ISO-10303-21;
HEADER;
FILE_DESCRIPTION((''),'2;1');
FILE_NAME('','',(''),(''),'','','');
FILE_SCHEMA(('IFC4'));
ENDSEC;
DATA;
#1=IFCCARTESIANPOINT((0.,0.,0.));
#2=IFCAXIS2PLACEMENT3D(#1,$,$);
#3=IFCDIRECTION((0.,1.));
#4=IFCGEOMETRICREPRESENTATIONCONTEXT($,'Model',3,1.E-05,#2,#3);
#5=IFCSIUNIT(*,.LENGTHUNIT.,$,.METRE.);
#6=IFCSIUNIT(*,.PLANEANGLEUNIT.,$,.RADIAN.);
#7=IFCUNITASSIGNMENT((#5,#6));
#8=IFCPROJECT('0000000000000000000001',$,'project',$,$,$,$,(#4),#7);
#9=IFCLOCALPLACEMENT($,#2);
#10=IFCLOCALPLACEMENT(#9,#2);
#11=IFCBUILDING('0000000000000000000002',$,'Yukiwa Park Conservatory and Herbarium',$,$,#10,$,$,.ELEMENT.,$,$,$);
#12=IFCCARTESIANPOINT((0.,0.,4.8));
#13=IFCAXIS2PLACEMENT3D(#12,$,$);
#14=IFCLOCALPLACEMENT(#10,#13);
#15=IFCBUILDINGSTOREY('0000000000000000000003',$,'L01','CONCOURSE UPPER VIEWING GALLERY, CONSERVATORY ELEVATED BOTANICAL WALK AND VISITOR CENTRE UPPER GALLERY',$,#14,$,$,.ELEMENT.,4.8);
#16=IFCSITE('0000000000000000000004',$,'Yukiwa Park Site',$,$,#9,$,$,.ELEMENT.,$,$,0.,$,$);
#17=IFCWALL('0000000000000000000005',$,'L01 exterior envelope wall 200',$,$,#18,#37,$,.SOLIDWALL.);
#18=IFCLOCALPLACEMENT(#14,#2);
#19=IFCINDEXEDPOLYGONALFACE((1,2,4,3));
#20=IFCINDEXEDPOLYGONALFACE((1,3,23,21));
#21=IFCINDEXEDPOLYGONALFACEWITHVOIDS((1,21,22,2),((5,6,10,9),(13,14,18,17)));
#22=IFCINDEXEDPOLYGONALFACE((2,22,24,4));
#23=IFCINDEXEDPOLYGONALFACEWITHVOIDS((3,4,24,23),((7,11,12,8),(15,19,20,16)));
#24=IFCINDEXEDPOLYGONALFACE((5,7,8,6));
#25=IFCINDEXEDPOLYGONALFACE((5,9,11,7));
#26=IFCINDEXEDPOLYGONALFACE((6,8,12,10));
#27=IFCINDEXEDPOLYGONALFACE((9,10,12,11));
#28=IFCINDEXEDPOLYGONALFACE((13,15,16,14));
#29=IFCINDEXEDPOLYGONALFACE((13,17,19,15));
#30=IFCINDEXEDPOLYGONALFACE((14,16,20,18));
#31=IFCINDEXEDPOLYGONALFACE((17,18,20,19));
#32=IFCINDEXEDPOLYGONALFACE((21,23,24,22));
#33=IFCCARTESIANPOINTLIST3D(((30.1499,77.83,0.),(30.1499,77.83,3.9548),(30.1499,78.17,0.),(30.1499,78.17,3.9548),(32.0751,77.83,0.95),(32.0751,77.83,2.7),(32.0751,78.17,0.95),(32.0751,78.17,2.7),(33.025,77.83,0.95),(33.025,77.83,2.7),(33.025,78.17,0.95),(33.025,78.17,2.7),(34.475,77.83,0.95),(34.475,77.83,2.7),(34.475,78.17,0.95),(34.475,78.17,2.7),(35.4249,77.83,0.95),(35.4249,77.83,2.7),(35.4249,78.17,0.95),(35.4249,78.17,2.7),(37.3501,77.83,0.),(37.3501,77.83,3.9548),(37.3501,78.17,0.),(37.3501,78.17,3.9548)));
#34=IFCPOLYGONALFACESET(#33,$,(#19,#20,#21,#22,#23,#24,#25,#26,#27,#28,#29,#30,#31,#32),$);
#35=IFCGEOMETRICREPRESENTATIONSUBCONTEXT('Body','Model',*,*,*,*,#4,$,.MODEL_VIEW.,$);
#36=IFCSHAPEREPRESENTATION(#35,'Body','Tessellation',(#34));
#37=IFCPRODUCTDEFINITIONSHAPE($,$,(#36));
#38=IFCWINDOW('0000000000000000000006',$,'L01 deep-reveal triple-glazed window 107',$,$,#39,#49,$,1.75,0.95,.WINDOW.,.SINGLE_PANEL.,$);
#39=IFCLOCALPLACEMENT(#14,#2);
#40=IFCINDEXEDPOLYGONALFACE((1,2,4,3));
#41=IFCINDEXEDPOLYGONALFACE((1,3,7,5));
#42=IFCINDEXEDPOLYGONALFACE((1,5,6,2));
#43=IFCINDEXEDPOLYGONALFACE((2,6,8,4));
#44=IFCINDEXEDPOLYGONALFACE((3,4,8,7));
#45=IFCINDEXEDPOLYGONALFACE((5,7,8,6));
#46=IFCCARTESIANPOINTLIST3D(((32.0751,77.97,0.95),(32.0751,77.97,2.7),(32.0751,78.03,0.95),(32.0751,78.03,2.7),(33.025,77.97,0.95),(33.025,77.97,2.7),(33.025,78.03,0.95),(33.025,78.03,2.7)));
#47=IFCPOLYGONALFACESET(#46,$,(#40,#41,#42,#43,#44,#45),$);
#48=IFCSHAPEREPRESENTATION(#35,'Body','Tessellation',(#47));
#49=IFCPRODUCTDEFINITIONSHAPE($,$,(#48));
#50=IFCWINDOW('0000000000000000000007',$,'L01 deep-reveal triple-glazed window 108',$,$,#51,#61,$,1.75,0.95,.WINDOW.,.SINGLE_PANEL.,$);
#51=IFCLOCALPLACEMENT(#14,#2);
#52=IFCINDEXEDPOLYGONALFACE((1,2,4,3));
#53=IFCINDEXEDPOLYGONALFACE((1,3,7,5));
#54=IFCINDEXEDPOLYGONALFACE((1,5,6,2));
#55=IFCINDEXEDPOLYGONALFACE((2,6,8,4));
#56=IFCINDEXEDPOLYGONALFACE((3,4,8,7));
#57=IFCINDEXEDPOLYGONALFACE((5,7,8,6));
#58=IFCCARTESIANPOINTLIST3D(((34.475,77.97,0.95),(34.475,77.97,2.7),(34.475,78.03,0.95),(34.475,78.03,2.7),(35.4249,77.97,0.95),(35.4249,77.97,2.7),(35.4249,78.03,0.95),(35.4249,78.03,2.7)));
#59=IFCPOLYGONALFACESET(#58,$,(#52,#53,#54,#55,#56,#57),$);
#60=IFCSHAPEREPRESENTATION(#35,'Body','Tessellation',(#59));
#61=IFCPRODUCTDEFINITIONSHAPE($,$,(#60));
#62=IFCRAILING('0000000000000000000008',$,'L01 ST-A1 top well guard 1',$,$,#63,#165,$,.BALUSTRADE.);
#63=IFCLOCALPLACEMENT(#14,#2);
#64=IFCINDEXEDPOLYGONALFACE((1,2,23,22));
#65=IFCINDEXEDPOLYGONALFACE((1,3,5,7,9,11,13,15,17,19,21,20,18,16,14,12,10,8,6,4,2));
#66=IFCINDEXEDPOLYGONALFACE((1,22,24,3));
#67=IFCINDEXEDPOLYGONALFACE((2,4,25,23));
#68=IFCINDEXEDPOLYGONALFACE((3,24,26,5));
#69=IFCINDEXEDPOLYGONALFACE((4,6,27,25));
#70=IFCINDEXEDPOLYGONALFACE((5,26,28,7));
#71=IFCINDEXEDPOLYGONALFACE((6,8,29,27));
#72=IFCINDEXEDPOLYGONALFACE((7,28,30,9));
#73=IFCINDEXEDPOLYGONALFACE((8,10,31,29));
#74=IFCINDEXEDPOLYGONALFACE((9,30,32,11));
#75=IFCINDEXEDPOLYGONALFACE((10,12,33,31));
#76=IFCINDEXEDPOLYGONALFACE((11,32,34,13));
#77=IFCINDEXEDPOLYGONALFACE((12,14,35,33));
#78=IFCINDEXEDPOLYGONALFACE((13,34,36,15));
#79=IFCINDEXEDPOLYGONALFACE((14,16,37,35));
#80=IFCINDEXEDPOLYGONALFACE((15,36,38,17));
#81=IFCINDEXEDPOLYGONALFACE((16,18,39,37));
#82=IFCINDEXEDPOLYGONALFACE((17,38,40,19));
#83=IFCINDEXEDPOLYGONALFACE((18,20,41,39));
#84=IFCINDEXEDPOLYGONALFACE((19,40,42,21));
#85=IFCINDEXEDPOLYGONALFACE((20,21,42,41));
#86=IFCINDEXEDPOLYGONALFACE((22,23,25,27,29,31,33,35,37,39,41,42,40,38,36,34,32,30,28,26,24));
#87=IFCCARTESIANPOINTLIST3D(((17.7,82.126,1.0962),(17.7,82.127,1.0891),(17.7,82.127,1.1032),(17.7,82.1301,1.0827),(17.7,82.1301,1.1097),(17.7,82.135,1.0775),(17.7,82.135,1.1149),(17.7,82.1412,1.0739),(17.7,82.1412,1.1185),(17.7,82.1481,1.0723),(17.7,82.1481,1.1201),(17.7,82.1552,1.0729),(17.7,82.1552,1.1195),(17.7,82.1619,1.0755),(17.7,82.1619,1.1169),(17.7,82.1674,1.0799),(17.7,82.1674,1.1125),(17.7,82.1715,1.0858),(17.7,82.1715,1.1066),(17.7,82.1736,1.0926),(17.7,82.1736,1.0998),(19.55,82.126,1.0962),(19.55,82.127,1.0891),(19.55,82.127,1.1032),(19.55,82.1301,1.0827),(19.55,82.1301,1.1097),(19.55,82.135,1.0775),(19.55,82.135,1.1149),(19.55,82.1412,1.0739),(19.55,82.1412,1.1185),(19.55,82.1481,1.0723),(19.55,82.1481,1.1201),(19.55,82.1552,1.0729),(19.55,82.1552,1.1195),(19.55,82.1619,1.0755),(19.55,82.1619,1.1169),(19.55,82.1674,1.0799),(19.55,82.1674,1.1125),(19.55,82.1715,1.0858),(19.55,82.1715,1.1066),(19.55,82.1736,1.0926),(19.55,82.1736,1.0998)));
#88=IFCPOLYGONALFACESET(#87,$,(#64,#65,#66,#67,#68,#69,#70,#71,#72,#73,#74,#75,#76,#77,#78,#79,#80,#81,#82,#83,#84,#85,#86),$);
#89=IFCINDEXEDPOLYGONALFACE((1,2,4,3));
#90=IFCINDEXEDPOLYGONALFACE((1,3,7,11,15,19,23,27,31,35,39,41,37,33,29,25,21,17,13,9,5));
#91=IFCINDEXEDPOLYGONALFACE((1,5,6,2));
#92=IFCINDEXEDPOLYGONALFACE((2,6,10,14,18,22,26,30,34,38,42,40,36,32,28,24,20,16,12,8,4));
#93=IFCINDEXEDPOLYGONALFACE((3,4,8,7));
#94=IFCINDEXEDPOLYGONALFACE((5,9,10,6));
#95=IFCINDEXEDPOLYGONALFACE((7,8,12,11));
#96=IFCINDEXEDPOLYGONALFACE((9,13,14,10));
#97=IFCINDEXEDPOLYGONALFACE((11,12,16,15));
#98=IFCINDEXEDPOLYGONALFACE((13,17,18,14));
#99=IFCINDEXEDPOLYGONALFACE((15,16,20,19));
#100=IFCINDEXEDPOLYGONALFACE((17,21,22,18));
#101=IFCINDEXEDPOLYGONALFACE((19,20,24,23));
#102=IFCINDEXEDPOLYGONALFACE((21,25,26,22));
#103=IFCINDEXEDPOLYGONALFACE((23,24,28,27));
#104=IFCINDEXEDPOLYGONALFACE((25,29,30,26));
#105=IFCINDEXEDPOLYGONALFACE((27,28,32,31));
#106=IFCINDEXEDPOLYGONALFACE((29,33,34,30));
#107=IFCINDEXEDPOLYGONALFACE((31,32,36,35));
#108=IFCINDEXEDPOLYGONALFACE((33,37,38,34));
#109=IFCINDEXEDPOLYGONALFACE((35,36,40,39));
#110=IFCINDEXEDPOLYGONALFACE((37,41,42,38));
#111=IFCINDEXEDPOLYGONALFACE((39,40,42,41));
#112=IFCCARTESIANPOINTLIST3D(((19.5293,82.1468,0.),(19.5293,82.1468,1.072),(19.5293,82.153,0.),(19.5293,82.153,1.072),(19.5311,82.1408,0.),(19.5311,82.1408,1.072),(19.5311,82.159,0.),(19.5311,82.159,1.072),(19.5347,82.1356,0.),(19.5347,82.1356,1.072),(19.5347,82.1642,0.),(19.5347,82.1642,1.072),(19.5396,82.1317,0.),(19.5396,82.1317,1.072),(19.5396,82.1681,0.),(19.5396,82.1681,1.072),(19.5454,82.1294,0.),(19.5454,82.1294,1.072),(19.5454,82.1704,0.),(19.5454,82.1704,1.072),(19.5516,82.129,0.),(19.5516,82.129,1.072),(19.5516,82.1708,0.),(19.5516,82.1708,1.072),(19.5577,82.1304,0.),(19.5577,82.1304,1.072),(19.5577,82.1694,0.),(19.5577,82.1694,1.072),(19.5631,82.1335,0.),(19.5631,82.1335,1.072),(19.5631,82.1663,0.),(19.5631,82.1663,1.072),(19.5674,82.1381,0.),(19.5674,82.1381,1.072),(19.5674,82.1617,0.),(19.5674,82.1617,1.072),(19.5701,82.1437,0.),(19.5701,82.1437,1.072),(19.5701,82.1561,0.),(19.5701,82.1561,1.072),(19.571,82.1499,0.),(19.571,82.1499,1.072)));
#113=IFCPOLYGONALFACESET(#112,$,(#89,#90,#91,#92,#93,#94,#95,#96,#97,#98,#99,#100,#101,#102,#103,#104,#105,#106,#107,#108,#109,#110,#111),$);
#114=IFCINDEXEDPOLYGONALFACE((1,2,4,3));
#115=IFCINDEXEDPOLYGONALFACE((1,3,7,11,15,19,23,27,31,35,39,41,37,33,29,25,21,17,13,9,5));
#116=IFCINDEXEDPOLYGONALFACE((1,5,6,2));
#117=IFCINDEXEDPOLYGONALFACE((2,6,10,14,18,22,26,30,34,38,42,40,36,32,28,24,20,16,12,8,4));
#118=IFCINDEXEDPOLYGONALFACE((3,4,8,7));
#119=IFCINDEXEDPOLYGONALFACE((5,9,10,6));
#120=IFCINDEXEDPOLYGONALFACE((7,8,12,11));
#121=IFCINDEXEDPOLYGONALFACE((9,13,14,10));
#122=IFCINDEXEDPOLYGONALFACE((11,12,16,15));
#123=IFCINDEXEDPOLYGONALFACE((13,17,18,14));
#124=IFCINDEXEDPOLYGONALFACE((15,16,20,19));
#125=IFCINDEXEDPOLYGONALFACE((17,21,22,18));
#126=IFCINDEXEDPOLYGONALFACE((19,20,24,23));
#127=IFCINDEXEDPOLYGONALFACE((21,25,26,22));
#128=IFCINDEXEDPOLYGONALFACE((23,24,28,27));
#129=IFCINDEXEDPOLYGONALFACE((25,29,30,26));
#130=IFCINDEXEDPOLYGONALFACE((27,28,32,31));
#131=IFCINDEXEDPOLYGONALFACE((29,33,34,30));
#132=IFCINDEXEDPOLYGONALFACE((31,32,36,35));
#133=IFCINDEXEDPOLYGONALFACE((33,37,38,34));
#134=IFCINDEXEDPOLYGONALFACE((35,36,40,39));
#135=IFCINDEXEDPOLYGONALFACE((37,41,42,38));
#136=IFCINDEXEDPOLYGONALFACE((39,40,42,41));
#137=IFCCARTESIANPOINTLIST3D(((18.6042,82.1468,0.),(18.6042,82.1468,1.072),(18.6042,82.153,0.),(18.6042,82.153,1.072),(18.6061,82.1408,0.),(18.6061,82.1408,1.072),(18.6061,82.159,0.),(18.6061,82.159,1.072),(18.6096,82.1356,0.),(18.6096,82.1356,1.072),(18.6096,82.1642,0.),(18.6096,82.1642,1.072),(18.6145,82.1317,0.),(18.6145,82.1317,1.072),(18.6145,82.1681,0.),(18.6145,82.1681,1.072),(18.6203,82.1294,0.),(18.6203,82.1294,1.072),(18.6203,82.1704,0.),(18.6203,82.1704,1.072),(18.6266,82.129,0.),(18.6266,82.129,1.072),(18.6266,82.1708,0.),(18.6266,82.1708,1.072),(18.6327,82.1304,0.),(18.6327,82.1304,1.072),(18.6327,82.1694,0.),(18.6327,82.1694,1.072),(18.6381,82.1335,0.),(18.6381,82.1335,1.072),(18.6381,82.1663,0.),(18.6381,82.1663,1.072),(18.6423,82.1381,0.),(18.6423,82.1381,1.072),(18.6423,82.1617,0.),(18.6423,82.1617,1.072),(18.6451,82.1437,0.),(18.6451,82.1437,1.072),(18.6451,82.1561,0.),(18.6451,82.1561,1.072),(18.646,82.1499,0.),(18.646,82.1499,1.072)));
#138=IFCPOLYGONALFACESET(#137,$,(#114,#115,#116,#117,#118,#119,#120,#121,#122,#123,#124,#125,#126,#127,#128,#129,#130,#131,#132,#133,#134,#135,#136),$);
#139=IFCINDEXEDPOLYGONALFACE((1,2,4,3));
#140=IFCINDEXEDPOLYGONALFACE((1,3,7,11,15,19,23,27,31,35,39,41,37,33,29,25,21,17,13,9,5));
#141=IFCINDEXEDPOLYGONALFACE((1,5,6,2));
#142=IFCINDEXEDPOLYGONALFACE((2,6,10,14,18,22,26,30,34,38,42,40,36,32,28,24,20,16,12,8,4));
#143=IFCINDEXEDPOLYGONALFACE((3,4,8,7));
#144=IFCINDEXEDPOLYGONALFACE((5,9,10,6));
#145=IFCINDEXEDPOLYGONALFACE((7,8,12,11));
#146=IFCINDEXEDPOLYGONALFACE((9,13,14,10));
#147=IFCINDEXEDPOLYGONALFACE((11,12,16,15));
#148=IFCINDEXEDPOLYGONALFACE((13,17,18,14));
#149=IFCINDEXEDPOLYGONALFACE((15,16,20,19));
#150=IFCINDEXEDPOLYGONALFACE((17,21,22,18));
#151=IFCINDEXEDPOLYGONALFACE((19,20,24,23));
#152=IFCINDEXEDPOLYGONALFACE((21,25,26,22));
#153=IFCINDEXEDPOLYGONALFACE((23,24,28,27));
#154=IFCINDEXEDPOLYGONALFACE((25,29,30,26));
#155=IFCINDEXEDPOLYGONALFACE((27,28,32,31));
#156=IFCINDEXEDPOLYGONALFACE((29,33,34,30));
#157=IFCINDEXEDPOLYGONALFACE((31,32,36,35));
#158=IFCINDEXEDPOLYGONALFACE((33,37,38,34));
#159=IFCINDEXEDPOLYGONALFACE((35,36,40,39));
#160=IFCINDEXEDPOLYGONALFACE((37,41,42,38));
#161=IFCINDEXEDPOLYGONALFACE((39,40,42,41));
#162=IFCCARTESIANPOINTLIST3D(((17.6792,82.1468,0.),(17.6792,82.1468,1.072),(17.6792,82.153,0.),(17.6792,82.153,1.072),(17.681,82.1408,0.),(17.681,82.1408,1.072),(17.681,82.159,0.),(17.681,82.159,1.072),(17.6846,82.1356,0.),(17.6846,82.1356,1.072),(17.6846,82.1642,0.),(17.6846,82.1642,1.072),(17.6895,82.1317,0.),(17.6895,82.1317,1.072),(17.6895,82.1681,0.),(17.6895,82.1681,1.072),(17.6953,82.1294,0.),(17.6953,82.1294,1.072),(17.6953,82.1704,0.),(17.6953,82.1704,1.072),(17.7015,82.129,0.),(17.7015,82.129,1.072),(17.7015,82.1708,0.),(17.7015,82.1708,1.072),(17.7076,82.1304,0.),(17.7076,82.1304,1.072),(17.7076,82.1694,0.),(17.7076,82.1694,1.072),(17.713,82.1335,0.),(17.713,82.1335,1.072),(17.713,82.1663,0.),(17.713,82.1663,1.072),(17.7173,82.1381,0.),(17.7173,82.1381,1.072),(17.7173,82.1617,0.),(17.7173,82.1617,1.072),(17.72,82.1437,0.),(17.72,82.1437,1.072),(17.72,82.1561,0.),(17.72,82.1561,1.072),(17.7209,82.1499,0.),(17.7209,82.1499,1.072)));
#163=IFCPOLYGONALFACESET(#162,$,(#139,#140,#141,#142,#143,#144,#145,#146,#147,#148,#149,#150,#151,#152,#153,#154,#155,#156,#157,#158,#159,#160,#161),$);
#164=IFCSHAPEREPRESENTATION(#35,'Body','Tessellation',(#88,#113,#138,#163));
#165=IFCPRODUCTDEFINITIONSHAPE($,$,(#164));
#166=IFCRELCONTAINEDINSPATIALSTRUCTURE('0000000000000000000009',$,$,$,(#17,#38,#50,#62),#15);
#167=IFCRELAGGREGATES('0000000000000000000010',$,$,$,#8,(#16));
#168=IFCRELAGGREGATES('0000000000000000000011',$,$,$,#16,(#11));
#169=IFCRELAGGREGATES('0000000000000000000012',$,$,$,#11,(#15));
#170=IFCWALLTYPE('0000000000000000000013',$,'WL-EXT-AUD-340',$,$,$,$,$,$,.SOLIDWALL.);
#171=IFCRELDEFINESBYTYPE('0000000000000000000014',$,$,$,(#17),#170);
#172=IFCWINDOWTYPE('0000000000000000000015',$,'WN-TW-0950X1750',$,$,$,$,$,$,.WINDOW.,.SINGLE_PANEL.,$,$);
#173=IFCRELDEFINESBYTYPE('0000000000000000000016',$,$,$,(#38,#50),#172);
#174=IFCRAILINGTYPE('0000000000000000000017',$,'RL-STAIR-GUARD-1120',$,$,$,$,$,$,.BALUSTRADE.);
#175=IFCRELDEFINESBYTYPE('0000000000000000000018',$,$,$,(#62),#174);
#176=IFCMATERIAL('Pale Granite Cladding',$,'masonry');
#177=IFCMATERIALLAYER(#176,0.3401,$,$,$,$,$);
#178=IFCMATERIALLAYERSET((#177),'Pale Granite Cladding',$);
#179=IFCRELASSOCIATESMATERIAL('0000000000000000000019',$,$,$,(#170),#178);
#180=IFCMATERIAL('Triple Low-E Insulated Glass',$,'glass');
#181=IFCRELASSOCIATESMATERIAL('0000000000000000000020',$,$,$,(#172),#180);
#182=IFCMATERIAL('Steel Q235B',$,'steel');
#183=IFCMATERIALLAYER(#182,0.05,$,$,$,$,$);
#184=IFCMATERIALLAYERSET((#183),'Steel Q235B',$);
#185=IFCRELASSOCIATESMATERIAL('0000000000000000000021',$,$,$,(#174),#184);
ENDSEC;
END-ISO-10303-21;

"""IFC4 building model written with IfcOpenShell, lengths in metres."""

from ifc_helpers import new_model, si_unit, direction, frame, frame_2d, origin, origin_2d, place, context, subcontext, project, spatial, rectangle, circle, extrude, material, layer, layer_set, type_object, element, fill, save


model = new_model("IFC4")

# Units and contexts
model_context = context("Model", 3, precision=1e-05, world=origin(), true_north=direction((0.0, 1.0)))
body_context = subcontext(model_context, "Body", "Model", "MODEL_VIEW")
ifc_project = project(units=[si_unit("LENGTHUNIT", "METRE"), si_unit("PLANEANGLEUNIT", "RADIAN")], contexts=[model_context])

# Site, building, storey
site_placement = place(None, origin())
site = spatial("IfcSite", under=ifc_project, at=site_placement, Name="Yukiwa Park Site", CompositionType="ELEMENT", RefElevation=0.0)
building_placement = place(site_placement, origin())
building = spatial("IfcBuilding", under=site, at=building_placement, Name="Yukiwa Park Conservatory and Herbarium", CompositionType="ELEMENT")
storey_placement = place(building_placement, frame((0.0, 0.0, 4.8)))
storey = spatial("IfcBuildingStorey", under=building, at=storey_placement, Name="L01", Description="CONCOURSE UPPER VIEWING GALLERY, CONSERVATORY ELEVATED BOTANICAL WALK AND VISITOR CENTRE UPPER GALLERY", CompositionType="ELEMENT", Elevation=4.8)

# Shared definitions
ifc_material_1 = material(Name="Pale Granite Cladding", Category="masonry")
ifc_layer_1 = layer(ifc_material_1, 0.3401)
ifc_layer_set_1 = layer_set([ifc_layer_1], Name="Pale Granite Cladding")
wall_type_1 = type_object("IfcWallType", Name="WL-EXT-AUD-340", PredefinedType="SOLIDWALL", material=ifc_layer_set_1)

# Wall, openings, windows
wall_1_placement = place(storey_placement, frame((30.1499, 78.0, 0.0), z_axis=(0.0, 0.0, 1.0), x_axis=(1.0, 0.0, 0.0)))
wall_1 = element("IfcWall", 1, at=wall_1_placement, inside=storey, type_object=wall_type_1, Name="L01 exterior envelope wall 200", PredefinedType="SOLIDWALL", context=body_context, shape_type="SweptSolid", body=[
    extrude(rectangle(XDim=7.2002, YDim=0.3401, at=frame_2d((3.6001, 0.0))), origin(), (0.0, 0.0, 1.0), 3.9548),
])
opening_1_placement = place(wall_1_placement, frame((1.925, 0.0, 0.95)))
opening_1 = element("IfcOpeningElement", 2, at=opening_1_placement, cuts=wall_1, PredefinedType="OPENING", context=body_context, shape_type="SweptSolid", body=[
    extrude(rectangle(XDim=0.95, YDim=1.75, at=frame_2d((0.4751, 0.875))), frame((0.0, 0.1802, 0.0), z_axis=(0.0, -1.0, 0.0), x_axis=(1.0, 0.0, 0.0)), (0.0, 0.0, 1.0), 0.3601),
])
opening_2_placement = place(wall_1_placement, frame((4.325, 0.0, 0.95)))
opening_2 = element("IfcOpeningElement", 3, at=opening_2_placement, cuts=wall_1, PredefinedType="OPENING", context=body_context, shape_type="SweptSolid", body=[
    extrude(rectangle(XDim=0.95, YDim=1.75, at=frame_2d((0.4751, 0.875))), frame((0.0, 0.1802, 0.0), z_axis=(0.0, -1.0, 0.0), x_axis=(1.0, 0.0, 0.0)), (0.0, 0.0, 1.0), 0.3601),
])
ifc_material_2 = material(Name="Triple Low-E Insulated Glass", Category="glass")
window_type_1 = type_object("IfcWindowType", Name="WN-TW-0950X1750", PartitioningType="SINGLE_PANEL", PredefinedType="WINDOW", material=ifc_material_2)
window_1_placement = place(opening_1_placement, origin())
window_1 = element("IfcWindow", 4, at=window_1_placement, inside=storey, type_object=window_type_1, Name="L01 deep-reveal triple-glazed window 107", OverallHeight=1.75, OverallWidth=0.95, PartitioningType="SINGLE_PANEL", PredefinedType="WINDOW", context=body_context, shape_type="SweptSolid", body=[
    extrude(rectangle(XDim=0.95, YDim=1.75, at=frame_2d((0.4751, 0.875))), frame((0.0, 0.03, 0.0), z_axis=(0.0, -1.0, 0.0), x_axis=(1.0, 0.0, 0.0)), (0.0, 0.0, 1.0), 0.0601),
])
fill(opening_1, window_1)
window_2_placement = place(opening_2_placement, origin())
window_2 = element("IfcWindow", 5, at=window_2_placement, inside=storey, type_object=window_type_1, Name="L01 deep-reveal triple-glazed window 108", OverallHeight=1.75, OverallWidth=0.95, PartitioningType="SINGLE_PANEL", PredefinedType="WINDOW", context=body_context, shape_type="SweptSolid", body=[
    extrude(rectangle(XDim=0.95, YDim=1.75, at=frame_2d((0.4751, 0.875))), frame((0.0, 0.03, 0.0), z_axis=(0.0, -1.0, 0.0), x_axis=(1.0, 0.0, 0.0)), (0.0, 0.0, 1.0), 0.0601),
])
fill(opening_2, window_2)

# Railing
ifc_material_3 = material(Name="Steel Q235B", Category="steel")
ifc_layer_2 = layer(ifc_material_3, 0.05)
ifc_layer_set_2 = layer_set([ifc_layer_2], Name="Steel Q235B")
railing_type = type_object("IfcRailingType", Name="RL-STAIR-GUARD-1120", PredefinedType="BALUSTRADE", material=ifc_layer_set_2)
railing_placement = place(storey_placement, frame((19.55, 82.1499, 0.0)))
element("IfcRailing", 6, at=railing_placement, inside=storey, type_object=railing_type, Name="L01 ST-A1 top well guard 1", PredefinedType="BALUSTRADE", context=body_context, shape_type="SweptSolid", body=[
    extrude(circle(Radius=0.0239, at=origin_2d()), frame((0.0, 0.0, 1.0962), z_axis=(-1.0, 0.0, 0.0), x_axis=(0.0, -1.0, 0.0)), (0.0, 0.0, 1.0), 1.8501),
    extrude(circle(Radius=0.021, at=origin_2d()), origin(), (0.0, 0.0, 1.0), 1.072),
    extrude(circle(Radius=0.021, at=origin_2d()), frame((-0.925, 0.0, 0.0)), (0.0, 0.0, 1.0), 1.072),
    extrude(circle(Radius=0.021, at=origin_2d()), frame((-1.8501, 0.0, 0.0)), (0.0, 0.0, 1.0), 1.072),
])

save(model, "model.ifc")
